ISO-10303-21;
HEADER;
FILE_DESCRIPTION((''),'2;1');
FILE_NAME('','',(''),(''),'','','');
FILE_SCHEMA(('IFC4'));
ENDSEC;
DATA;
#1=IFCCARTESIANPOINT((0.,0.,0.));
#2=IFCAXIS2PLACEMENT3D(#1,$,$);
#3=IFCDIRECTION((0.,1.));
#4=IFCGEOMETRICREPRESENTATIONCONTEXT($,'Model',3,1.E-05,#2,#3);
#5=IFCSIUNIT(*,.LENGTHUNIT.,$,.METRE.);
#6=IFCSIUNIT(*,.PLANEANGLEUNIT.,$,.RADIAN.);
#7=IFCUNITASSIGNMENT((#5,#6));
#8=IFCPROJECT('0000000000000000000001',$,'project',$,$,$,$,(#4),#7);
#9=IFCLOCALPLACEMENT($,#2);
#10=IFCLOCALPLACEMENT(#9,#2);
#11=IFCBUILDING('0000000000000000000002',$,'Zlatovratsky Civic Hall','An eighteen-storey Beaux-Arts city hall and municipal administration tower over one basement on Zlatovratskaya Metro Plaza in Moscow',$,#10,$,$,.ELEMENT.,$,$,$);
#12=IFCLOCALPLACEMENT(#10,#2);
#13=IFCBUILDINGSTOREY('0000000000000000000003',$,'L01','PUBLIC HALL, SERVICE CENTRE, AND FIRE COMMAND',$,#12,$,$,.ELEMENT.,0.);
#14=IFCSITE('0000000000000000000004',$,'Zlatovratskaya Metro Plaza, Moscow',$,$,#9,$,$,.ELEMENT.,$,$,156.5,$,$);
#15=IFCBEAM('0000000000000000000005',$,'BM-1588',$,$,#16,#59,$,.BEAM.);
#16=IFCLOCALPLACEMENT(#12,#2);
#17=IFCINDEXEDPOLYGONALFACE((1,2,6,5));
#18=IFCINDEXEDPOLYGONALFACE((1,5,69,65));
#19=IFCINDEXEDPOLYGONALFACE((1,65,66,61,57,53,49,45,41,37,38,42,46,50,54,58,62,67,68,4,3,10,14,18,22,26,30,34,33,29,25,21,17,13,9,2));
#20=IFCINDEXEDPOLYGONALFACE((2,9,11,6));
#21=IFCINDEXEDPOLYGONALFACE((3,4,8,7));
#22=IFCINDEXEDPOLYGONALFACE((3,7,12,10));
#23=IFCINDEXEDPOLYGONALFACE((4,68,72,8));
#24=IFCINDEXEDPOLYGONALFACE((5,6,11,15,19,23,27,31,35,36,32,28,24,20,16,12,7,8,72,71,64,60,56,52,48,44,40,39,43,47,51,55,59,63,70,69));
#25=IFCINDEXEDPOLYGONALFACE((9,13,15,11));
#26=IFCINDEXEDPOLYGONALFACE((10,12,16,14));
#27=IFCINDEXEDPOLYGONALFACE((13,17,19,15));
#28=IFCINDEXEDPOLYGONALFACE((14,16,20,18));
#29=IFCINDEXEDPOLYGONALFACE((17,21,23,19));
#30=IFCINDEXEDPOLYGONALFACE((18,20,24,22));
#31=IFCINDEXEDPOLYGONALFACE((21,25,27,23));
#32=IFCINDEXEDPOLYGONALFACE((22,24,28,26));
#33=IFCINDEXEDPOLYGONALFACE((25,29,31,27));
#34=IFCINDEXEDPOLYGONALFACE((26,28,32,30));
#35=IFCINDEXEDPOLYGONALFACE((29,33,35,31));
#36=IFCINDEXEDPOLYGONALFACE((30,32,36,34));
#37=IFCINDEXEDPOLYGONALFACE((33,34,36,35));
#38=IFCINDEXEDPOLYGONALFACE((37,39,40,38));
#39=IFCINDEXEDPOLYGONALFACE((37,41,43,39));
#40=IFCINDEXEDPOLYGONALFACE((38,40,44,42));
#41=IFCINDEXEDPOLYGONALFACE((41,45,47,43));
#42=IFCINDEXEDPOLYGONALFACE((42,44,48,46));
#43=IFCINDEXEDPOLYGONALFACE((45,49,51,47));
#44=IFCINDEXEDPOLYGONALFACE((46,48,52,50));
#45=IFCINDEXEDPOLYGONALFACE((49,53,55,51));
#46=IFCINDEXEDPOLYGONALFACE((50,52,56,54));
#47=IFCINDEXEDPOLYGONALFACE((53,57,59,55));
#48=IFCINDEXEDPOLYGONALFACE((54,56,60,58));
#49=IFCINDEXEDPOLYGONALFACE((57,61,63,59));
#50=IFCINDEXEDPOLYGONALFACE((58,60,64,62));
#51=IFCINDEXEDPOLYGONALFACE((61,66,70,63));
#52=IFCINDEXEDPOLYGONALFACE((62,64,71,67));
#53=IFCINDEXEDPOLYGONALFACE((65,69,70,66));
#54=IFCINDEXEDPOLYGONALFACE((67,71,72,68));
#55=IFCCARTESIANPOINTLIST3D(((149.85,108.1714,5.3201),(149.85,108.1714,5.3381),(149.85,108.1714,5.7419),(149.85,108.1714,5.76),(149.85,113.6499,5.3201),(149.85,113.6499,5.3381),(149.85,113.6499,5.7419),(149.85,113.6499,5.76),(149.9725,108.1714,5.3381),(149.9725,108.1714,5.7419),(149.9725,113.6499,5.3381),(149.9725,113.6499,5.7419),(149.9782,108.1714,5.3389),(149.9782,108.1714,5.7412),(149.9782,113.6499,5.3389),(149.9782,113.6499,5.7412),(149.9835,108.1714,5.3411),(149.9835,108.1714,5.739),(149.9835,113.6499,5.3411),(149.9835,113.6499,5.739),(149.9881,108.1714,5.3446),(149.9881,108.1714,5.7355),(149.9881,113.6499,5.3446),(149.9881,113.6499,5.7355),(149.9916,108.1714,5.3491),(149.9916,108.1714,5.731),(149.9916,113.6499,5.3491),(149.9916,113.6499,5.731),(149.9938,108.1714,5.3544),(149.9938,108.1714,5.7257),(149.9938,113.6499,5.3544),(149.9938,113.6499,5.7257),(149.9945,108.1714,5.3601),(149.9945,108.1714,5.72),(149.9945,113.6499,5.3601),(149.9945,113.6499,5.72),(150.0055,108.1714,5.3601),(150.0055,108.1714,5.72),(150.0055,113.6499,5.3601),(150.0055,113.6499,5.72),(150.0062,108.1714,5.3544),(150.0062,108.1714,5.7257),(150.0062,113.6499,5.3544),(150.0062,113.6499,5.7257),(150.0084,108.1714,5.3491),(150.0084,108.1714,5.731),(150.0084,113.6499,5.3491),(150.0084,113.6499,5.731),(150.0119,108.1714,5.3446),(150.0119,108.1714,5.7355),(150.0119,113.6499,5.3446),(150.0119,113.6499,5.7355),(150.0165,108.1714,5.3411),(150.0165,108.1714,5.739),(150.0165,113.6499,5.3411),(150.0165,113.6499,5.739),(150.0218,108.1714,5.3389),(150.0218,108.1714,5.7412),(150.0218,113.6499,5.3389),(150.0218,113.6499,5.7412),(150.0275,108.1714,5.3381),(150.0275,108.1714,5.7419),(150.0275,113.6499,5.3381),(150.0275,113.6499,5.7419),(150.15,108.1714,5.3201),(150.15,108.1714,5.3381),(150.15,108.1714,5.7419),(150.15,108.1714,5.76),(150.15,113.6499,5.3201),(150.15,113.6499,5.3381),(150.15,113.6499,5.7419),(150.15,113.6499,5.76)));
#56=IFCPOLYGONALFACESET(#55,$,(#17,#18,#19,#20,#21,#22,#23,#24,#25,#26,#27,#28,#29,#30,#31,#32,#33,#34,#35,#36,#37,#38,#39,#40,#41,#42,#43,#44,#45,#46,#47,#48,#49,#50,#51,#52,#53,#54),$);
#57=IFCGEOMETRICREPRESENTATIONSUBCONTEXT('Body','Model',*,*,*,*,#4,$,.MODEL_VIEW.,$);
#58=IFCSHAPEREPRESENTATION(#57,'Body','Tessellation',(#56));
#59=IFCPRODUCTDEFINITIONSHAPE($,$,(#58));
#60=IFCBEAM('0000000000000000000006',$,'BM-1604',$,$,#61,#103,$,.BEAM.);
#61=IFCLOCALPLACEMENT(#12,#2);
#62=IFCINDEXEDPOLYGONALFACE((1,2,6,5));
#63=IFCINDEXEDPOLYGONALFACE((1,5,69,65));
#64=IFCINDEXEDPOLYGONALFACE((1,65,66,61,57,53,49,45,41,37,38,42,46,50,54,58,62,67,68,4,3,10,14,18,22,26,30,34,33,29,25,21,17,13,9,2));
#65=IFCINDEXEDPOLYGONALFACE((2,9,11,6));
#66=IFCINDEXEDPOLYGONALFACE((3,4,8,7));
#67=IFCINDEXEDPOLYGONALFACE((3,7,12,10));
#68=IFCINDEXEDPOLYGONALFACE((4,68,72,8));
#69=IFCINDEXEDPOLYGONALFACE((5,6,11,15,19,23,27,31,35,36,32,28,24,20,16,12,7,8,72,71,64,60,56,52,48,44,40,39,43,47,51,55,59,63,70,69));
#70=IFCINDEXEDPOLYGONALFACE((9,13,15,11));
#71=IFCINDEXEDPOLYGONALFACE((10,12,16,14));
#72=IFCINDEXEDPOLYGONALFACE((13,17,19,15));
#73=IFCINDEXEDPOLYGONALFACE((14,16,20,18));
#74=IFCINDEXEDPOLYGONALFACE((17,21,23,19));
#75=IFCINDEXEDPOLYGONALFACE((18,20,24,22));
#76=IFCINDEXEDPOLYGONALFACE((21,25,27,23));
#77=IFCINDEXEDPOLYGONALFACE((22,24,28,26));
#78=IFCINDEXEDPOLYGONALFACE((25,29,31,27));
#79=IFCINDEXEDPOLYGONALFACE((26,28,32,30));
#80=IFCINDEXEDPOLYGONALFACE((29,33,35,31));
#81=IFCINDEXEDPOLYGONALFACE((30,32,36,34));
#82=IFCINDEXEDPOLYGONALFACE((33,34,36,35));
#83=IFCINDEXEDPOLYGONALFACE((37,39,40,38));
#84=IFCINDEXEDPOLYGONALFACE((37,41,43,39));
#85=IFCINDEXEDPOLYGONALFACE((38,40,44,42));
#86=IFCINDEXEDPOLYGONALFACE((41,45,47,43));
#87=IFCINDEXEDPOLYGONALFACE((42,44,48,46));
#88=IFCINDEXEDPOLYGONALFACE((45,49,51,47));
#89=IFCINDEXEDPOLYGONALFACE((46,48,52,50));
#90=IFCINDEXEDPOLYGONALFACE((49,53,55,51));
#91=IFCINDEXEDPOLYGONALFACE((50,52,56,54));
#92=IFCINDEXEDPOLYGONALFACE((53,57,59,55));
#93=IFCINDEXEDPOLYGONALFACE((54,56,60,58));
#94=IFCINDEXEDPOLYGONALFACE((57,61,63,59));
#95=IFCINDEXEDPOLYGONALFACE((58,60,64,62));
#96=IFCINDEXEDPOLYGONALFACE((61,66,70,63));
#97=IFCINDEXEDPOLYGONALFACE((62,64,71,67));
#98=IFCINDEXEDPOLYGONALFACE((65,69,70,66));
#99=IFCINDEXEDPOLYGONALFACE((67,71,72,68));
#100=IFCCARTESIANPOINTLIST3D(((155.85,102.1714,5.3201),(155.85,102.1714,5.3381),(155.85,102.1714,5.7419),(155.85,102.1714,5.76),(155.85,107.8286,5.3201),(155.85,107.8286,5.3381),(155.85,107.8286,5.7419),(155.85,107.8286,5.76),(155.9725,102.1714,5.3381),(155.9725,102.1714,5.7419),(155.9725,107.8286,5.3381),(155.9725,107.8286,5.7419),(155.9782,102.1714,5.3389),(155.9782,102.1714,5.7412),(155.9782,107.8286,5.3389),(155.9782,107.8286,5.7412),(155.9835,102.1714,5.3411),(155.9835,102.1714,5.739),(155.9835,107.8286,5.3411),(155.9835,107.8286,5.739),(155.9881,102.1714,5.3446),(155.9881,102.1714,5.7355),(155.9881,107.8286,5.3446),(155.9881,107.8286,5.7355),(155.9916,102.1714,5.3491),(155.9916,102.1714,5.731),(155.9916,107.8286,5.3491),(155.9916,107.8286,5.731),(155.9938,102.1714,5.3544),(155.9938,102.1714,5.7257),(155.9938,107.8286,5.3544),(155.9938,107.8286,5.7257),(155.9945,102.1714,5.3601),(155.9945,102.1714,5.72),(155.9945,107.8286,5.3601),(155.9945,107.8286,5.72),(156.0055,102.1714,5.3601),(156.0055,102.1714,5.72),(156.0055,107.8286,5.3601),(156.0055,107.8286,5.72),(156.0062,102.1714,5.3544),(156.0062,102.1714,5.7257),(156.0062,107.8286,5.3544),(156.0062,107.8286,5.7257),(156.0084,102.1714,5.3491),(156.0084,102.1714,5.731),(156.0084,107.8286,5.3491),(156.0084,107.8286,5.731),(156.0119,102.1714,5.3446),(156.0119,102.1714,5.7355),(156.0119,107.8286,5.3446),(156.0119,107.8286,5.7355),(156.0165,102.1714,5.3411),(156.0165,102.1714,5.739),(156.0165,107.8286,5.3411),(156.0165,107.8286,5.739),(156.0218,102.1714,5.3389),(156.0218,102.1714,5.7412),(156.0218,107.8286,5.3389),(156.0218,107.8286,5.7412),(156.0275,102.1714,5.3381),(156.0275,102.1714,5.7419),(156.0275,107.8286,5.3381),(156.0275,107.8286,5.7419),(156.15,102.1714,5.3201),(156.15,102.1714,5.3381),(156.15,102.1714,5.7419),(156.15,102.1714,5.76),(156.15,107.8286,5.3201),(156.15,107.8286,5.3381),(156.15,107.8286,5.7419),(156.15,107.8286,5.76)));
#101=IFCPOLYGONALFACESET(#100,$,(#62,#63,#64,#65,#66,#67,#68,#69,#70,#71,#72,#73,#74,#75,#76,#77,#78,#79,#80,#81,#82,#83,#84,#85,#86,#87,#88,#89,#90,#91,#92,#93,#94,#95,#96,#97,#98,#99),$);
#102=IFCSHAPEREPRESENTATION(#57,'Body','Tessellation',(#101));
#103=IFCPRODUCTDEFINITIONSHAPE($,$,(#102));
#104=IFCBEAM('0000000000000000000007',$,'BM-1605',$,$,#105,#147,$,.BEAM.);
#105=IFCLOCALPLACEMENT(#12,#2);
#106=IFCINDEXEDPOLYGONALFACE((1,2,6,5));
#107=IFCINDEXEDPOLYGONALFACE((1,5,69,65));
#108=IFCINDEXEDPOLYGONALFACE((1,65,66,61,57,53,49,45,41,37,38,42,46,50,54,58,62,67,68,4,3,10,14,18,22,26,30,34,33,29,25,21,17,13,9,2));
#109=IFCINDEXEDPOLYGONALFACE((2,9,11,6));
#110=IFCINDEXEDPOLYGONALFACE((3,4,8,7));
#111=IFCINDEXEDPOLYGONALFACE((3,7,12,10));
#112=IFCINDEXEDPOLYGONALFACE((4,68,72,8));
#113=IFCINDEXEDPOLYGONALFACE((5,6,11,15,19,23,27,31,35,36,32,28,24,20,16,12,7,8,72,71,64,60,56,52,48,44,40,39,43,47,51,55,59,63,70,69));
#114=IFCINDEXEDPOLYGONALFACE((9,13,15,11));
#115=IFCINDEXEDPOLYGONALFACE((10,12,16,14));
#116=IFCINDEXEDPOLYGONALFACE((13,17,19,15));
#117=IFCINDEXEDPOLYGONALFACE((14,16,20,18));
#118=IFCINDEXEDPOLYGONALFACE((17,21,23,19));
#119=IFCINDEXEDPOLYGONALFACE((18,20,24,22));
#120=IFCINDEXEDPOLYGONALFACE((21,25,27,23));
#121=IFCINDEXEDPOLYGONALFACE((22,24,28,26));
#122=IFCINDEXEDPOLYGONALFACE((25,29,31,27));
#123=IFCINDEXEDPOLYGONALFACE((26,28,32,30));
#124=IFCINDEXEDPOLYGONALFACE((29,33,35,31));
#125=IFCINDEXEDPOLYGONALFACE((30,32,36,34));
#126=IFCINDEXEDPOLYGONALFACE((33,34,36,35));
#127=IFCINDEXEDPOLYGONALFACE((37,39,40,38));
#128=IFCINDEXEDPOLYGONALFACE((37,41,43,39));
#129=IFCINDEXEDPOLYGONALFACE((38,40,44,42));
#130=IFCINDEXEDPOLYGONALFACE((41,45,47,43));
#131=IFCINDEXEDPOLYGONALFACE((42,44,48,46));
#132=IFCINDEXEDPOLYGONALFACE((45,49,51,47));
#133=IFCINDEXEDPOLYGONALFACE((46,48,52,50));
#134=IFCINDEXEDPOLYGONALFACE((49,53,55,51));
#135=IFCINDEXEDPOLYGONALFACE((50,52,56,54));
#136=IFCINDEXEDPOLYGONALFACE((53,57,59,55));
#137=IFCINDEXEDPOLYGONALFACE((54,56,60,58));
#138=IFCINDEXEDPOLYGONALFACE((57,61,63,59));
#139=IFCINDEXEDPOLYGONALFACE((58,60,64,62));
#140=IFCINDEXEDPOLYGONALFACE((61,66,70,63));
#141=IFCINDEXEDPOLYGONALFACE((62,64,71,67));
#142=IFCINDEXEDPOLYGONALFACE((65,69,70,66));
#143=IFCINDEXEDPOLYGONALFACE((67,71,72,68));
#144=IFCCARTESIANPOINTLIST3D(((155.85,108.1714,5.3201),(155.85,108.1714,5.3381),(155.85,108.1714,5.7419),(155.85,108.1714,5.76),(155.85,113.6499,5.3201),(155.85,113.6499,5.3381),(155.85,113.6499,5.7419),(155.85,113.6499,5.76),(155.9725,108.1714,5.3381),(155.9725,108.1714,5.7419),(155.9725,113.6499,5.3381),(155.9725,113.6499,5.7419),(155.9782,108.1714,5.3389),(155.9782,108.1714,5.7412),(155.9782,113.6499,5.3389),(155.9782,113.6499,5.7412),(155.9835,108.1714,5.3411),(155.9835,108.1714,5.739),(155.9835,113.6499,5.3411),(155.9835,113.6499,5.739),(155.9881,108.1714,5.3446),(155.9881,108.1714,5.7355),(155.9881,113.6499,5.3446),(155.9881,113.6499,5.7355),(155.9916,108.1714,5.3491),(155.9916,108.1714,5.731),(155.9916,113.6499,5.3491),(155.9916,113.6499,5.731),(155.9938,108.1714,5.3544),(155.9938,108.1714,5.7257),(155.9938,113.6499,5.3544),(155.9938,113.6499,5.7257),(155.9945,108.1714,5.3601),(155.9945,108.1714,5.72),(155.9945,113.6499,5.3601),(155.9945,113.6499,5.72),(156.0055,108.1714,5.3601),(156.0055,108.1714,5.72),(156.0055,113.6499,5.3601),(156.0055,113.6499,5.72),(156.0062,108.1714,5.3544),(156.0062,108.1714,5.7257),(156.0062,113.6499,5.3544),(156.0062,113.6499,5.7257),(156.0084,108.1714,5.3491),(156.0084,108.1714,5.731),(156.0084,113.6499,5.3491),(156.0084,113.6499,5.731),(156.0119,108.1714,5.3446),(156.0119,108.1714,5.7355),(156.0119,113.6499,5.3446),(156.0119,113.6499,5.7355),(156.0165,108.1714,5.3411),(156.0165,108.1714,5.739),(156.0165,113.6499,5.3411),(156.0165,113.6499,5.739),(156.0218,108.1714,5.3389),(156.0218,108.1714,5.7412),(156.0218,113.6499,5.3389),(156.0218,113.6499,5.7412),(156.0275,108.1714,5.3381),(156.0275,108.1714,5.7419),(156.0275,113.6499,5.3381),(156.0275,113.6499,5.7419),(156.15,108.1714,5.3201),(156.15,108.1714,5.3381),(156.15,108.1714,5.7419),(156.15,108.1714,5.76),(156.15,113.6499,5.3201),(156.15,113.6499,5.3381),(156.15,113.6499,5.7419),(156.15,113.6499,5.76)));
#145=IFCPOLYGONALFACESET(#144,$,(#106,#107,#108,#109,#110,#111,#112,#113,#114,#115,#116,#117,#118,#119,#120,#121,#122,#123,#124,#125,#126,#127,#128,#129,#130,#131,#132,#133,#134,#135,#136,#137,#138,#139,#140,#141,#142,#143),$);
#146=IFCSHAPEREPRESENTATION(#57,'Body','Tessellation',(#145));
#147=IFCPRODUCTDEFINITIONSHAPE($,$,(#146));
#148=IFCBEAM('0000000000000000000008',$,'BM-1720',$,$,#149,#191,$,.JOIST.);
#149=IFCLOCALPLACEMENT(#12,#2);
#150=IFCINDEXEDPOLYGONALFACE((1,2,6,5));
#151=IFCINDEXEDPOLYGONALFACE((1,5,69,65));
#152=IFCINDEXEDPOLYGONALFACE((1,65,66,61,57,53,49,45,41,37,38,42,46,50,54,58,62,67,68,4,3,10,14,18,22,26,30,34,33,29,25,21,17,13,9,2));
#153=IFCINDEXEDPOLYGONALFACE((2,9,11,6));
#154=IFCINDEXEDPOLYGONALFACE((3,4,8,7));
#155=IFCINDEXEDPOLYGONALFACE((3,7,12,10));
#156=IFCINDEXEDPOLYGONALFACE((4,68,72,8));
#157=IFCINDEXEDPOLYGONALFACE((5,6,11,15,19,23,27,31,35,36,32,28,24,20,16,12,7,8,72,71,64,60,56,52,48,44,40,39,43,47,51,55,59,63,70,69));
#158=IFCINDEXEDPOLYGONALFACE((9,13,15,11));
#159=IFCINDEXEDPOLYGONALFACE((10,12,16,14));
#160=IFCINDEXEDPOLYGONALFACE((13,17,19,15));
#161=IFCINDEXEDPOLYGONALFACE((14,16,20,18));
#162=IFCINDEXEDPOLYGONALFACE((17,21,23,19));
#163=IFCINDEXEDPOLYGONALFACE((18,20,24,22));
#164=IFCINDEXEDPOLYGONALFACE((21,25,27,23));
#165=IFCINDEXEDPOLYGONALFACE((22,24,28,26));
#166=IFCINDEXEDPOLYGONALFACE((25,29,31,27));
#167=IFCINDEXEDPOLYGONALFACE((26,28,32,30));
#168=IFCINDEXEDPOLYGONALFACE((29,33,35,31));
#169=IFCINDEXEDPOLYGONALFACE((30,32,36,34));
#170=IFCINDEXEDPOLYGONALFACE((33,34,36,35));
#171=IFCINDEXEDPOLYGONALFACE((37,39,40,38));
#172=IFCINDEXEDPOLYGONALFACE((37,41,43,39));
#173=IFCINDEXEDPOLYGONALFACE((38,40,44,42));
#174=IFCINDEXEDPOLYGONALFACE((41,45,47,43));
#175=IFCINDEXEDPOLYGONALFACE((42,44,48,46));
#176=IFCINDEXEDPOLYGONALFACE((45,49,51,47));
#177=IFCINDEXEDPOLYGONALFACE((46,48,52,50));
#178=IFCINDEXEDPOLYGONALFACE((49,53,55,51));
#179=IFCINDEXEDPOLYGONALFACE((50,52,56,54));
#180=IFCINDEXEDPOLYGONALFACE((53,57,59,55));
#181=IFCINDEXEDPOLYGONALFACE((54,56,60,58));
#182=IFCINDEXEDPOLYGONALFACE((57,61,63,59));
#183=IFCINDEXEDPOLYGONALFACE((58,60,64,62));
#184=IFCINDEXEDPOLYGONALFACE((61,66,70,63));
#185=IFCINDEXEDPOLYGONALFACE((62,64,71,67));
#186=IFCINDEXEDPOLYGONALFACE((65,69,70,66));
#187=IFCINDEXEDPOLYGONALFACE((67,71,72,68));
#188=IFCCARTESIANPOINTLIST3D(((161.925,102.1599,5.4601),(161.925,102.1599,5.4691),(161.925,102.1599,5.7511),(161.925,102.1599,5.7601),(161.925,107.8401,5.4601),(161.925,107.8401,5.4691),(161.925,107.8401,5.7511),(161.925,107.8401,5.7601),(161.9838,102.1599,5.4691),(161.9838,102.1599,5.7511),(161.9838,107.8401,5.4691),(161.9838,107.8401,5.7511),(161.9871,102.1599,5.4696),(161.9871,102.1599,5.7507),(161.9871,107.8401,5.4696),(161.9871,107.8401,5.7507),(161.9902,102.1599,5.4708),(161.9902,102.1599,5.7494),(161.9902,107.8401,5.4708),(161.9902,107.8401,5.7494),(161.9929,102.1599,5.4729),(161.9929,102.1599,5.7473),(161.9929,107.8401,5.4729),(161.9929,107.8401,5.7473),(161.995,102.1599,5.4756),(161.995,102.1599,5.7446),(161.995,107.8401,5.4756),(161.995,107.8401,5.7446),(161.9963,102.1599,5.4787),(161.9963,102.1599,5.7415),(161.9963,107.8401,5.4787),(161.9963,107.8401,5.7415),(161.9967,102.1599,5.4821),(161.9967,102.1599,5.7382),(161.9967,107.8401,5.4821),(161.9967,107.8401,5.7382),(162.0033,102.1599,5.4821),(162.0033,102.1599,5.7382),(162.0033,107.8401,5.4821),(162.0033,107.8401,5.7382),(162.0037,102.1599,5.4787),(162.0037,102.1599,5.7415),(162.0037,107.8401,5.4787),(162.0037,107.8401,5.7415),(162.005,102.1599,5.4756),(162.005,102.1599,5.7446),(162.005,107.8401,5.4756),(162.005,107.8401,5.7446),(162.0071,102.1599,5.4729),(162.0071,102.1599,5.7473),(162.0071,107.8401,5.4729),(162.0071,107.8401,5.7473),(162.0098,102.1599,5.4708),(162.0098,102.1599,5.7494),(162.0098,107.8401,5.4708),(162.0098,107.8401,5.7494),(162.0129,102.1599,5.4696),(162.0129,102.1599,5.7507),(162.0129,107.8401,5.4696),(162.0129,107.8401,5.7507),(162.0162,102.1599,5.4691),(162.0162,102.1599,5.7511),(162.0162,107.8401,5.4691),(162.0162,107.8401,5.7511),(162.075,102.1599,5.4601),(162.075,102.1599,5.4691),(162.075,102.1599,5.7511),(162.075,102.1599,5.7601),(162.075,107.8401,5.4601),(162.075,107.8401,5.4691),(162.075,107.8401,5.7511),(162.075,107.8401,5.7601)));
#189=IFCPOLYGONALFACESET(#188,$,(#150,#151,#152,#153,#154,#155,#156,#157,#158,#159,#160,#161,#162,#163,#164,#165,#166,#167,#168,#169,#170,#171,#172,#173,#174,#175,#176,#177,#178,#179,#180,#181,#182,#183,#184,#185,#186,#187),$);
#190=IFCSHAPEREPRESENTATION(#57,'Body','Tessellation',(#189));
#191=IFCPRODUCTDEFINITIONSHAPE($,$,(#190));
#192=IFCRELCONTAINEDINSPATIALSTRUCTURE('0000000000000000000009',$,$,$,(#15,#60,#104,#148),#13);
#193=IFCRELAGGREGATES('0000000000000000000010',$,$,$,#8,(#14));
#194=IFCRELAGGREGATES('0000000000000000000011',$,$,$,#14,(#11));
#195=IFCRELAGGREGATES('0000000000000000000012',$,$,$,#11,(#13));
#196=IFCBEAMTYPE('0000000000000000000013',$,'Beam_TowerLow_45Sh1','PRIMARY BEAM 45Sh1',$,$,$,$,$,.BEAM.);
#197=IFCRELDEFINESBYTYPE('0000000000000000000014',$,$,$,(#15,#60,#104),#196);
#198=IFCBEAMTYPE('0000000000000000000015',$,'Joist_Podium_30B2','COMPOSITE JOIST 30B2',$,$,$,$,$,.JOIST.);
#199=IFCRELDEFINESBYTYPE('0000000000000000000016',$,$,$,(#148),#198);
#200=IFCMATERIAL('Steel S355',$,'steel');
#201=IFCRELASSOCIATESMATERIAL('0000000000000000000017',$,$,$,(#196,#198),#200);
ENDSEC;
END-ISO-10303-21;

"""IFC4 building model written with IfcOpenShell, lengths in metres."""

from ifc_helpers import new_model, si_unit, direction, frame, origin, origin_2d, place, context, subcontext, project, spatial, i_section, extrude, material, material_profile, profile_set, type_object, element, save


model = new_model("IFC4")

# Units and contexts
model_context = context("Model", 3, precision=1e-05, world=origin(), true_north=direction((0.0, 1.0)))
body_context = subcontext(model_context, "Body", "Model", "MODEL_VIEW")
ifc_project = project(units=[si_unit("LENGTHUNIT", "METRE"), si_unit("PLANEANGLEUNIT", "RADIAN")], contexts=[model_context])

# Site, building, storey
site_placement = place(None, origin())
site = spatial("IfcSite", under=ifc_project, at=site_placement, Name="Zlatovratskaya Metro Plaza, Moscow", CompositionType="ELEMENT", RefElevation=156.5)
building_placement = place(site_placement, origin())
building = spatial("IfcBuilding", under=site, at=building_placement, Name="Zlatovratsky Civic Hall", Description="An eighteen-storey Beaux-Arts city hall and municipal administration tower over one basement on Zlatovratskaya Metro Plaza in Moscow", CompositionType="ELEMENT")
storey_placement = place(building_placement, origin())
storey = spatial("IfcBuildingStorey", under=building, at=storey_placement, Name="L01", Description="PUBLIC HALL, SERVICE CENTRE, AND FIRE COMMAND", CompositionType="ELEMENT", Elevation=0.0)

# Shared definitions
ifc_material_1 = material(Name="Steel S355", Category="steel")

# Beams
ifc_material_profile_1 = material_profile(ifc_material_1, i_section(OverallWidth=0.3, OverallDepth=0.4399, WebThickness=0.011, FlangeThickness=0.0181, FilletRadius=0.022, at=origin_2d()), Name="45Sh1")
ifc_profile_set_1 = profile_set([ifc_material_profile_1], Name="Steel S355")
beam_type_1 = type_object("IfcBeamType", Name="Beam_TowerLow_45Sh1", Description="PRIMARY BEAM 45Sh1", PredefinedType="BEAM", material=ifc_profile_set_1)
beam_1_placement = place(storey_placement, frame((150.0, 108.1714, 5.54), z_axis=(0.0, 1.0, 0.0), x_axis=(-1.0, 0.0, 0.0)))
element("IfcBeam", 1, at=beam_1_placement, inside=storey, type_object=beam_type_1, Name="BM-1588", PredefinedType="BEAM", context=body_context, shape_type="SweptSolid", body=[
    extrude(i_section(OverallWidth=0.3, OverallDepth=0.4399, WebThickness=0.011, FlangeThickness=0.0181, FilletRadius=0.022, at=origin_2d()), origin(), (0.0, 0.0, 1.0), 5.4785),
])
beam_2_placement = place(storey_placement, frame((156.0, 102.1714, 5.54), z_axis=(0.0, 1.0, 0.0), x_axis=(-1.0, 0.0, 0.0)))
element("IfcBeam", 2, at=beam_2_placement, inside=storey, type_object=beam_type_1, Name="BM-1604", PredefinedType="BEAM", context=body_context, shape_type="SweptSolid", body=[
    extrude(i_section(OverallWidth=0.3, OverallDepth=0.4399, WebThickness=0.011, FlangeThickness=0.0181, FilletRadius=0.022, at=origin_2d()), origin(), (0.0, 0.0, 1.0), 5.6572),
])
beam_3_placement = place(storey_placement, frame((156.0, 108.1714, 5.54), z_axis=(0.0, 1.0, 0.0), x_axis=(-1.0, 0.0, 0.0)))
element("IfcBeam", 3, at=beam_3_placement, inside=storey, type_object=beam_type_1, Name="BM-1605", PredefinedType="BEAM", context=body_context, shape_type="SweptSolid", body=[
    extrude(i_section(OverallWidth=0.3, OverallDepth=0.4399, WebThickness=0.011, FlangeThickness=0.0181, FilletRadius=0.022, at=origin_2d()), origin(), (0.0, 0.0, 1.0), 5.4785),
])
ifc_material_profile_2 = material_profile(ifc_material_1, i_section(OverallWidth=0.1499, OverallDepth=0.3, WebThickness=0.0066, FlangeThickness=0.009, FilletRadius=0.0129, at=origin_2d()), Name="30B2")
ifc_profile_set_2 = profile_set([ifc_material_profile_2], Name="Steel S355")
beam_type_2 = type_object("IfcBeamType", Name="Joist_Podium_30B2", Description="COMPOSITE JOIST 30B2", PredefinedType="JOIST", material=ifc_profile_set_2)
beam_4_placement = place(storey_placement, frame((162.0, 102.1599, 5.6101), z_axis=(0.0, 1.0, 0.0), x_axis=(-1.0, 0.0, 0.0)))
element("IfcBeam", 4, at=beam_4_placement, inside=storey, type_object=beam_type_2, Name="BM-1720", PredefinedType="JOIST", context=body_context, shape_type="SweptSolid", body=[
    extrude(i_section(OverallWidth=0.1499, OverallDepth=0.3, WebThickness=0.0066, FlangeThickness=0.009, FilletRadius=0.0129, at=origin_2d()), origin(), (0.0, 0.0, 1.0), 5.6802),
])

save(model, "model.ifc")
